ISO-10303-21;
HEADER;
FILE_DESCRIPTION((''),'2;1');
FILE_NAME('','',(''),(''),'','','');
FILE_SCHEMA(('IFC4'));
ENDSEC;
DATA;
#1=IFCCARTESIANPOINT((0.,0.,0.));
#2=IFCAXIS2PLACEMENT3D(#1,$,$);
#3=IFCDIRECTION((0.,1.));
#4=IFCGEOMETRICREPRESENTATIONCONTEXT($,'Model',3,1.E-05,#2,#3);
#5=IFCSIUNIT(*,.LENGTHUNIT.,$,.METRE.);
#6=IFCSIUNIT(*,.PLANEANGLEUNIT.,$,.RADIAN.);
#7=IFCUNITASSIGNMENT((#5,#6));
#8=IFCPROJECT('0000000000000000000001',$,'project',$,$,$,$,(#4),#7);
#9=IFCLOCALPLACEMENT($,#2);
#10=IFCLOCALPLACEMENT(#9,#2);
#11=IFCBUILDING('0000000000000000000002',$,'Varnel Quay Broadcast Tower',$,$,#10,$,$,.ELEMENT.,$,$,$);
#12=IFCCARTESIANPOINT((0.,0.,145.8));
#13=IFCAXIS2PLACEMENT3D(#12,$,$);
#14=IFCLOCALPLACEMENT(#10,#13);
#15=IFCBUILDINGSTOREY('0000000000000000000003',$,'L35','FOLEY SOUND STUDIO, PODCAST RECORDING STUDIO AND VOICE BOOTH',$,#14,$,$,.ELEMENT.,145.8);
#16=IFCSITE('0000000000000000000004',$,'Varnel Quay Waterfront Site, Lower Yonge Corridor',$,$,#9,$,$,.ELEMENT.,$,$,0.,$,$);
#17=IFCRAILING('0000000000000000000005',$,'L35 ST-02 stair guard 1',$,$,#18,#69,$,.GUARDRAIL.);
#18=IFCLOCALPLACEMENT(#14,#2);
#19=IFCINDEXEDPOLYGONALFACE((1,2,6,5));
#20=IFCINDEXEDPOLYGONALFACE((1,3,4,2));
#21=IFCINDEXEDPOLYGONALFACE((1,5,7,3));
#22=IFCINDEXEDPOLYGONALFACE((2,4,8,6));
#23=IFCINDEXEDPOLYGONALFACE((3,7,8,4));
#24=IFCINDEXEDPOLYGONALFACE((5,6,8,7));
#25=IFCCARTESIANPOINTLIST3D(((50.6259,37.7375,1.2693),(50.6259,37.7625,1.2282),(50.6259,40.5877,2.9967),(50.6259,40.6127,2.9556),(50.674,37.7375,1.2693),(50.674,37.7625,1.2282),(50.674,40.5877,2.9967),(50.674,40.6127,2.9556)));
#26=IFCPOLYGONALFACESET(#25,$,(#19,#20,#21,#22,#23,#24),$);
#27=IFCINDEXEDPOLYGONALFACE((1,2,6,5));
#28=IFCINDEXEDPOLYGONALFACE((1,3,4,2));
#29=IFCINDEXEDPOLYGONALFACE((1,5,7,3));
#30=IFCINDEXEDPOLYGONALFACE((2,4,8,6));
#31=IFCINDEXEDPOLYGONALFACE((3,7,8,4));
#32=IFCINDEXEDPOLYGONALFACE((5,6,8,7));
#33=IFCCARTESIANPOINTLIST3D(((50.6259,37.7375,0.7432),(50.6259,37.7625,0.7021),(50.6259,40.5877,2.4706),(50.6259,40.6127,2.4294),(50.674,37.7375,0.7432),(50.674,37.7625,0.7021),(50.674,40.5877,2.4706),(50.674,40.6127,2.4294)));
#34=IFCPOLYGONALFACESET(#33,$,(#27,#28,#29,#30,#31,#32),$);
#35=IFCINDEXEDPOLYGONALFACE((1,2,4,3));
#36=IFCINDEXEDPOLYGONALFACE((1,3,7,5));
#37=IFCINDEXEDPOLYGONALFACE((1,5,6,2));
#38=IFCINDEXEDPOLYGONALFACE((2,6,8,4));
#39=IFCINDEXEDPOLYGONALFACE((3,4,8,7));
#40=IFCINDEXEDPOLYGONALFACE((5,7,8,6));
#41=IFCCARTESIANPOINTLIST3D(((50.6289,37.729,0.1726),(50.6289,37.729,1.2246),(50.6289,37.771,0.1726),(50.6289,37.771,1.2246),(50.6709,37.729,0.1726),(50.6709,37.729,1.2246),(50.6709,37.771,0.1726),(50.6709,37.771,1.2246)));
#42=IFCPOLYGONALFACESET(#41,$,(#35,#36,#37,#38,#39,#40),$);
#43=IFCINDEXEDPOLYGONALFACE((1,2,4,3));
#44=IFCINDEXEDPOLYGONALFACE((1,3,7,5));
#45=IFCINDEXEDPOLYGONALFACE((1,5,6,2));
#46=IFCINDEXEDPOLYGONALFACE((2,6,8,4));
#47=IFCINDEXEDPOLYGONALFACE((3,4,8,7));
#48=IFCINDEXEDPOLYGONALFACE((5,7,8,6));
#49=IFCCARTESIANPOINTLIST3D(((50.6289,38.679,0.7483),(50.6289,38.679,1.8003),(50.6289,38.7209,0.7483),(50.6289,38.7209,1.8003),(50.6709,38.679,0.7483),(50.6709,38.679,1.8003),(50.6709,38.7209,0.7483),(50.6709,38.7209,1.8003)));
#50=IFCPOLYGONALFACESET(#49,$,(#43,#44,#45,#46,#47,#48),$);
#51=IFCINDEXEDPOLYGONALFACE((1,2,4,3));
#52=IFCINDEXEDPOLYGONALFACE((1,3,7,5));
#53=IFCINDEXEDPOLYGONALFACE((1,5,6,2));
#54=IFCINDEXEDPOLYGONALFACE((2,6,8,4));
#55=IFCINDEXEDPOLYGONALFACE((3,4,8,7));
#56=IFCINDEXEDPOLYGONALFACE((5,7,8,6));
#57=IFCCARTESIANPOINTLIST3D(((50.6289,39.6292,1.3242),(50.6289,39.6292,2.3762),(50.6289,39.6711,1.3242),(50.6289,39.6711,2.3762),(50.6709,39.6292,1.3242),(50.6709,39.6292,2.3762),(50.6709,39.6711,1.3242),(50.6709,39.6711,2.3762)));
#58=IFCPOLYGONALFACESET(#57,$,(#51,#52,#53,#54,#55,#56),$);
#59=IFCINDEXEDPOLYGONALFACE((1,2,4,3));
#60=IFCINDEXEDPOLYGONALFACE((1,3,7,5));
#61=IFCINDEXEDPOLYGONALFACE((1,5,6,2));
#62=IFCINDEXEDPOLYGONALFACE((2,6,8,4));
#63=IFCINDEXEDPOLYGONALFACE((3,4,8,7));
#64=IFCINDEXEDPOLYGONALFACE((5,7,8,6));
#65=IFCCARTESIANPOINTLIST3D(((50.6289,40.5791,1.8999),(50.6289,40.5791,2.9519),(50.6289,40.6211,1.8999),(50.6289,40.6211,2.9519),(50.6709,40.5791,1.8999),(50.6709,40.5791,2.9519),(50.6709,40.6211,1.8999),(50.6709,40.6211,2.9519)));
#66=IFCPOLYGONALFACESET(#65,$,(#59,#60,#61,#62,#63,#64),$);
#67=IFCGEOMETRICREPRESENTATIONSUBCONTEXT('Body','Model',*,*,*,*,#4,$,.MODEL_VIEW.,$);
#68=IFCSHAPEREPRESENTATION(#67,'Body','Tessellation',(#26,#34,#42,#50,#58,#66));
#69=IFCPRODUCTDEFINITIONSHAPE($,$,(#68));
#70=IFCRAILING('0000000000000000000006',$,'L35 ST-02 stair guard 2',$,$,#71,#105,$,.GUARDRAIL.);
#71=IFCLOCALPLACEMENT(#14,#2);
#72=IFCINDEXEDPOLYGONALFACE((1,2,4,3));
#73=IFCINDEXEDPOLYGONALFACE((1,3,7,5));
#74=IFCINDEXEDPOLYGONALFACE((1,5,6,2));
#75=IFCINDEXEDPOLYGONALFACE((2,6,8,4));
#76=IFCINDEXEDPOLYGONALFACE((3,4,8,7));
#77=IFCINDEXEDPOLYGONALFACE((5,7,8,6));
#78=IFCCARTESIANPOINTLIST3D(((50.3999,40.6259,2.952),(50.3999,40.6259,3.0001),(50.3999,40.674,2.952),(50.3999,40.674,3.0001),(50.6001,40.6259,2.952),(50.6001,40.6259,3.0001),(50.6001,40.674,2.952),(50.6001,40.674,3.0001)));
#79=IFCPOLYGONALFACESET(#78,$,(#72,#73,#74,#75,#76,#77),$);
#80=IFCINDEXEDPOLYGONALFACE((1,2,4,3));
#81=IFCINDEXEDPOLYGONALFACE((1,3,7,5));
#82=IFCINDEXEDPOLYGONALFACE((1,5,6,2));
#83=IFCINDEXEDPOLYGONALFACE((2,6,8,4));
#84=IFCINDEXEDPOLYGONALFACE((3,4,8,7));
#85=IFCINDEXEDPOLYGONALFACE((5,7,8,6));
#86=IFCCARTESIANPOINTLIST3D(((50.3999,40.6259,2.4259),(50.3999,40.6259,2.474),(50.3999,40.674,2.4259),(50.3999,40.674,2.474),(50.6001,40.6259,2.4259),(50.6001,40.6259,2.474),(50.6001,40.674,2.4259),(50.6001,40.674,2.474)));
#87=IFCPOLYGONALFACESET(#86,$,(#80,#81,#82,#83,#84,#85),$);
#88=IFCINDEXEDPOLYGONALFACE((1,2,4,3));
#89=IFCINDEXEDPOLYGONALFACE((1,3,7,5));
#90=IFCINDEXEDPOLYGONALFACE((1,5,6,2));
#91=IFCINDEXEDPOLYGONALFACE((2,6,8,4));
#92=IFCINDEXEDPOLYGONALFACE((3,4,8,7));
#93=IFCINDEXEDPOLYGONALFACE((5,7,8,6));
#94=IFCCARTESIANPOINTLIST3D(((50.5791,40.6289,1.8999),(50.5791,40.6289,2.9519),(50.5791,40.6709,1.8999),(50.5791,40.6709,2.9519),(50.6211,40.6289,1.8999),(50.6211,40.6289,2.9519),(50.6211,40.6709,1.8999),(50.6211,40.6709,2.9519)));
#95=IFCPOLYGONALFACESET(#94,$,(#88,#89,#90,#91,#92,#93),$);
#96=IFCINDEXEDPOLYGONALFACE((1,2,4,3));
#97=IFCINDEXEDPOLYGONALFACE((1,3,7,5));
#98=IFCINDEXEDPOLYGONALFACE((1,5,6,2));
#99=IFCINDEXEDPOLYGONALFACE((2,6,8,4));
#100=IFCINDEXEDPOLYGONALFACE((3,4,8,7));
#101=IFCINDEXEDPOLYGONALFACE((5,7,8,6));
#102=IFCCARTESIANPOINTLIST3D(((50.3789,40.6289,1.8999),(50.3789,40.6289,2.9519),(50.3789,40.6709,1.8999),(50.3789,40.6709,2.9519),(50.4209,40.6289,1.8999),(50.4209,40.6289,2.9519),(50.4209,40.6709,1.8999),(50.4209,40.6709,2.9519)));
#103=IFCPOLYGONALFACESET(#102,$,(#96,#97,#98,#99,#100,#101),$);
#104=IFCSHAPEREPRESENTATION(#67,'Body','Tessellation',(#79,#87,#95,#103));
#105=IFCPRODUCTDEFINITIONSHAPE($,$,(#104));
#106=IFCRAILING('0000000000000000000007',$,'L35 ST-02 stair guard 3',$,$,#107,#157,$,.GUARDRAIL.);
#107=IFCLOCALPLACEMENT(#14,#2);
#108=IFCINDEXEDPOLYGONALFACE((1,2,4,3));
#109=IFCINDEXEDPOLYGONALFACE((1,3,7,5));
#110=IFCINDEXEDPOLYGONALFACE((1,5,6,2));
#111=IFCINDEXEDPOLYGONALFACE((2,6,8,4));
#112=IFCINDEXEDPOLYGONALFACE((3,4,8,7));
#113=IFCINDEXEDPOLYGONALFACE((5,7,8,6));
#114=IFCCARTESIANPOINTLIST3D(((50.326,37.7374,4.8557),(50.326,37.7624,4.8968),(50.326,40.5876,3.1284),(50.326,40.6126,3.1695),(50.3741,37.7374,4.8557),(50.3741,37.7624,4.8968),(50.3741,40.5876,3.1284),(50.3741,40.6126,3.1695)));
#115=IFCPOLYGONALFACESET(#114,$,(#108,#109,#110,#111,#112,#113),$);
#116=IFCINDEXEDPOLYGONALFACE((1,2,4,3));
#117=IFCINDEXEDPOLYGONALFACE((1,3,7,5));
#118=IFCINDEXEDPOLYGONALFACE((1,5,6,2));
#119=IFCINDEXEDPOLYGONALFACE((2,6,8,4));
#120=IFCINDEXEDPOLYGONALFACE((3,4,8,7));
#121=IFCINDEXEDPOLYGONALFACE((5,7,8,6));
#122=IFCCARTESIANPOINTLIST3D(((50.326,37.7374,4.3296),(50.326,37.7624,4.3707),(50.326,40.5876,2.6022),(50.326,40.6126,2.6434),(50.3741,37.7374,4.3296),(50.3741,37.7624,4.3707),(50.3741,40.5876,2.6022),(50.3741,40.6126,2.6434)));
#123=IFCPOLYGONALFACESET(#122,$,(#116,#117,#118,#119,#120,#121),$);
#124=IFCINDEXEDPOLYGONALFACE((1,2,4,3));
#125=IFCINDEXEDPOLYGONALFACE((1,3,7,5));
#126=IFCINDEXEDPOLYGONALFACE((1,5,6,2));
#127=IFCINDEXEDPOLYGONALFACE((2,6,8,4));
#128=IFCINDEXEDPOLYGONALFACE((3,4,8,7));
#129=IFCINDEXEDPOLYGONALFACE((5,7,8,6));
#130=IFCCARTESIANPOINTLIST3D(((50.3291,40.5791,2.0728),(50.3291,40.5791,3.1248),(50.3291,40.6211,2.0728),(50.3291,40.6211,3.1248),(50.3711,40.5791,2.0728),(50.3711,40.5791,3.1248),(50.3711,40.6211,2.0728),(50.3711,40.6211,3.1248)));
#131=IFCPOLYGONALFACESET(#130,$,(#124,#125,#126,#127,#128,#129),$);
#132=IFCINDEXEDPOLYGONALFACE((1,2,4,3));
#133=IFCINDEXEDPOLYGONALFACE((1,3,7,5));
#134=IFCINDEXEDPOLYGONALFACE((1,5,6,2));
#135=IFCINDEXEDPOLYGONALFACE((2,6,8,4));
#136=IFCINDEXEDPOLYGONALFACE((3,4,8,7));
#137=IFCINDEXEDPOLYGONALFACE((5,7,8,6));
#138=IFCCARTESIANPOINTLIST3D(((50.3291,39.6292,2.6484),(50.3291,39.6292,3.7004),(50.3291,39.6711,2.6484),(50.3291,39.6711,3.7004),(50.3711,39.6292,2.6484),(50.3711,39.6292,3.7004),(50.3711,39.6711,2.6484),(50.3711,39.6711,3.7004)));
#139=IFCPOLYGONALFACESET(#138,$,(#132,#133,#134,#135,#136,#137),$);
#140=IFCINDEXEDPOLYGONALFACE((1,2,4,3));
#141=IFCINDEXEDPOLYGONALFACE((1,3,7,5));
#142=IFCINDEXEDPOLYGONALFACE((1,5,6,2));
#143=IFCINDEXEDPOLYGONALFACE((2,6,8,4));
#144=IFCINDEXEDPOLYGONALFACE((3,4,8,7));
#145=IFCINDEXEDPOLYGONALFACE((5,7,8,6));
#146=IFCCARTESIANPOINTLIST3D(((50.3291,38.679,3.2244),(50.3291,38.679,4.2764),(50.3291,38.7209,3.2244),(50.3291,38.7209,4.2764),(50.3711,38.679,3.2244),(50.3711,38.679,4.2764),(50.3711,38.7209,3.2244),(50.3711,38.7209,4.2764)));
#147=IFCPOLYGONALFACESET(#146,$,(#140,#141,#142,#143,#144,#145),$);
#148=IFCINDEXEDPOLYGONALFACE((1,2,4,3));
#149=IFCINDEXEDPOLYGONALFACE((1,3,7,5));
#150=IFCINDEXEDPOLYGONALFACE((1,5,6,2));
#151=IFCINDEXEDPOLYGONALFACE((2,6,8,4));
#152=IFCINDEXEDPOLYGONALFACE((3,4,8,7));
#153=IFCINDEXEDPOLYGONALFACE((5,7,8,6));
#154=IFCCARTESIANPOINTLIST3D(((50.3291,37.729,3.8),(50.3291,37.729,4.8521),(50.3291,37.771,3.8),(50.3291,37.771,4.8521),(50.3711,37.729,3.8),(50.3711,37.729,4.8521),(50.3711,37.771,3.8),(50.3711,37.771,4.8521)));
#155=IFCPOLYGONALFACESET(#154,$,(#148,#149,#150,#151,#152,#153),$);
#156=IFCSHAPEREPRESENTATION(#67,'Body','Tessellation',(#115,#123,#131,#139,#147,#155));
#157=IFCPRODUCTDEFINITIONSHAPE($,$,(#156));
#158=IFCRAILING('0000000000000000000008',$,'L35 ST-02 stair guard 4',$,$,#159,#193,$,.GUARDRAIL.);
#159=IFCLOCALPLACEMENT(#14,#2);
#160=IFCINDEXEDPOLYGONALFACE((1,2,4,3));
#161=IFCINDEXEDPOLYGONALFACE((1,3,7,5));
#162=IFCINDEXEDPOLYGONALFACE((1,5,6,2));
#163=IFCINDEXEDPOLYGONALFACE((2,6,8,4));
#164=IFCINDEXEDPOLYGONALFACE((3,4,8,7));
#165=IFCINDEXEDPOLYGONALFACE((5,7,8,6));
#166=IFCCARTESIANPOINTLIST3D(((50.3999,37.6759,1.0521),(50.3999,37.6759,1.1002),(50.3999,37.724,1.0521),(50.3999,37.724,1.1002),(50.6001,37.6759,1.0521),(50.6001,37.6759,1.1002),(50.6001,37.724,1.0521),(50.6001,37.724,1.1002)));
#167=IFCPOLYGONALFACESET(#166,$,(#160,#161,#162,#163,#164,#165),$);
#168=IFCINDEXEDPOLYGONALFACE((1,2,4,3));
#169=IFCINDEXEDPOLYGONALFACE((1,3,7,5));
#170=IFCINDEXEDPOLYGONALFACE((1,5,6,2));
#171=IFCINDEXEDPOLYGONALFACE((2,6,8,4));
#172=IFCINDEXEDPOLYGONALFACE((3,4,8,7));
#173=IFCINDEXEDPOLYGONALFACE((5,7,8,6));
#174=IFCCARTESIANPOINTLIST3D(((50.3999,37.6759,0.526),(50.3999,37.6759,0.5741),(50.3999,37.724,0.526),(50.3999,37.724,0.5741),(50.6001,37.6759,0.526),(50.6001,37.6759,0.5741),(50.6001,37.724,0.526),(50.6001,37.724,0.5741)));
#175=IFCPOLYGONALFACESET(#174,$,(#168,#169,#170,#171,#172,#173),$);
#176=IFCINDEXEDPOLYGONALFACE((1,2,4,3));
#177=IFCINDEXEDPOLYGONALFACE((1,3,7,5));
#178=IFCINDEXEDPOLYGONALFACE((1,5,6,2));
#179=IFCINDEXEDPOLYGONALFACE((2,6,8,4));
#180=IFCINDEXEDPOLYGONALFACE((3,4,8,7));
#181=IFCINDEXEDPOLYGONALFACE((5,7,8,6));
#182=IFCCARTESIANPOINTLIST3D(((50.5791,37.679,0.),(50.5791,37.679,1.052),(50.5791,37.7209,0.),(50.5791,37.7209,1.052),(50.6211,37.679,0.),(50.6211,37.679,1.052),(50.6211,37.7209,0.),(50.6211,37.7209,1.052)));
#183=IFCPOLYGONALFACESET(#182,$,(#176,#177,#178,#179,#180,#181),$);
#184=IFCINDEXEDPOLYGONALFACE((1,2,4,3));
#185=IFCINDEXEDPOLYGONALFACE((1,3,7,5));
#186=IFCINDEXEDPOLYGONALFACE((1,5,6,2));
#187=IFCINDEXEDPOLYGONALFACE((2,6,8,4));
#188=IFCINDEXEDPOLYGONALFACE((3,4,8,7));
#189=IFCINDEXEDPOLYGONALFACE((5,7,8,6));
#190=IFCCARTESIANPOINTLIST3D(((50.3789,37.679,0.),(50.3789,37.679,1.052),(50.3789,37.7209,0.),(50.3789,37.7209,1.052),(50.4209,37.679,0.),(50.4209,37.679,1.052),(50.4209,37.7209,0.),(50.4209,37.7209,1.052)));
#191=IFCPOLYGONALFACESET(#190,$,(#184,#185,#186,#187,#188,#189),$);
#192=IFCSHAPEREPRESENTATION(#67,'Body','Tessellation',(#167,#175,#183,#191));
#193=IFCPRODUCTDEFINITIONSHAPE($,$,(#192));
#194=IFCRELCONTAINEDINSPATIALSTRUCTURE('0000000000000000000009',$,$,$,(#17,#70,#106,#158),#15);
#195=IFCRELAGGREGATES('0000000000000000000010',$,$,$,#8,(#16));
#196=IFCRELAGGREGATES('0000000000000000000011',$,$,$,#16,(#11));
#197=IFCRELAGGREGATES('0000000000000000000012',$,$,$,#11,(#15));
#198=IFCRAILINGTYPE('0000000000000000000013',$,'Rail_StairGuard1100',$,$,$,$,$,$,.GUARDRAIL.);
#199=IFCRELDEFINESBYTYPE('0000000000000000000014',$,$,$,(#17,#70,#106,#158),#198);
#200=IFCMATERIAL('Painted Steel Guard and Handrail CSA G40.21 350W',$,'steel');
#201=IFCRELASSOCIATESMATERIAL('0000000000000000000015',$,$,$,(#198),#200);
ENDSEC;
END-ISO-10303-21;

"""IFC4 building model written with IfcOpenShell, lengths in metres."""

from ifc_helpers import new_model, si_unit, direction, frame, origin, origin_2d, place, context, subcontext, project, spatial, rectangle, extrude, material, type_object, element, save


model = new_model("IFC4")

# Units and contexts
model_context = context("Model", 3, precision=1e-05, world=origin(), true_north=direction((0.0, 1.0)))
body_context = subcontext(model_context, "Body", "Model", "MODEL_VIEW")
ifc_project = project(units=[si_unit("LENGTHUNIT", "METRE"), si_unit("PLANEANGLEUNIT", "RADIAN")], contexts=[model_context])

# Site, building, storey
site_placement = place(None, origin())
site = spatial("IfcSite", under=ifc_project, at=site_placement, Name="Varnel Quay Waterfront Site, Lower Yonge Corridor", CompositionType="ELEMENT", RefElevation=0.0)
building_placement = place(site_placement, origin())
building = spatial("IfcBuilding", under=site, at=building_placement, Name="Varnel Quay Broadcast Tower", CompositionType="ELEMENT")
storey_placement = place(building_placement, frame((0.0, 0.0, 145.8)))
storey = spatial("IfcBuildingStorey", under=building, at=storey_placement, Name="L35", Description="FOLEY SOUND STUDIO, PODCAST RECORDING STUDIO AND VOICE BOOTH", CompositionType="ELEMENT", Elevation=145.8)

# Railings
ifc_material_1 = material(Name="Painted Steel Guard and Handrail CSA G40.21 350W", Category="steel")
railing_type_1 = type_object("IfcRailingType", Name="Rail_StairGuard1100", PredefinedType="GUARDRAIL", material=ifc_material_1)
railing_1_placement = place(storey_placement, frame((50.6499, 37.75, 0.1726)))
element("IfcRailing", 1, at=railing_1_placement, inside=storey, type_object=railing_type_1, Name="L35 ST-02 stair guard 1", PredefinedType="GUARDRAIL", context=body_context, shape_type="SweptSolid", body=[
    extrude(rectangle(XDim=0.0481, YDim=0.0481, at=origin_2d()), frame((0.0, 0.0, 1.0762), z_axis=(0.0, 0.855203, 0.518294), x_axis=(-1.0, 0.0, 0.0)), (0.0, 0.0, 1.0), 3.3328),
    extrude(rectangle(XDim=0.0481, YDim=0.0481, at=origin_2d()), frame((0.0, 0.0, 0.55), z_axis=(0.0, 0.855203, 0.518294), x_axis=(-1.0, 0.0, 0.0)), (0.0, 0.0, 1.0), 3.3328),
    extrude(rectangle(XDim=0.042, YDim=0.042, at=origin_2d()), origin(), (0.0, 0.0, 1.0), 1.052),
    extrude(rectangle(XDim=0.042, YDim=0.042, at=origin_2d()), frame((0.0, 0.95, 0.5757)), (0.0, 0.0, 1.0), 1.052),
    extrude(rectangle(XDim=0.042, YDim=0.042, at=origin_2d()), frame((0.0, 1.9001, 1.1516)), (0.0, 0.0, 1.0), 1.052),
    extrude(rectangle(XDim=0.042, YDim=0.042, at=origin_2d()), frame((0.0, 2.8501, 1.7273)), (0.0, 0.0, 1.0), 1.052),
])
railing_2_placement = place(storey_placement, frame((50.6001, 40.6499, 1.8999)))
element("IfcRailing", 2, at=railing_2_placement, inside=storey, type_object=railing_type_1, Name="L35 ST-02 stair guard 2", PredefinedType="GUARDRAIL", context=body_context, shape_type="SweptSolid", body=[
    extrude(rectangle(XDim=0.0481, YDim=0.0481, at=origin_2d()), frame((0.0, 0.0, 1.0762), z_axis=(-1.0, 0.0, 0.0), x_axis=(0.0, -1.0, 0.0)), (0.0, 0.0, 1.0), 0.2002),
    extrude(rectangle(XDim=0.0481, YDim=0.0481, at=origin_2d()), frame((0.0, 0.0, 0.55), z_axis=(-1.0, 0.0, 0.0), x_axis=(0.0, -1.0, 0.0)), (0.0, 0.0, 1.0), 0.2002),
    extrude(rectangle(XDim=0.042, YDim=0.042, at=origin_2d()), origin(), (0.0, 0.0, 1.0), 1.052),
    extrude(rectangle(XDim=0.042, YDim=0.042, at=origin_2d()), frame((-0.2002, 0.0, 0.0)), (0.0, 0.0, 1.0), 1.052),
])
railing_3_placement = place(storey_placement, frame((50.3501, 40.6001, 2.0728)))
element("IfcRailing", 3, at=railing_3_placement, inside=storey, type_object=railing_type_1, Name="L35 ST-02 stair guard 3", PredefinedType="GUARDRAIL", context=body_context, shape_type="SweptSolid", body=[
    extrude(rectangle(XDim=0.0481, YDim=0.0481, at=origin_2d()), frame((0.0, 0.0, 1.0762), z_axis=(0.0, -0.855203, 0.518294), x_axis=(1.0, 0.0, 0.0)), (0.0, 0.0, 1.0), 3.3328),
    extrude(rectangle(XDim=0.0481, YDim=0.0481, at=origin_2d()), frame((0.0, 0.0, 0.55), z_axis=(0.0, -0.855203, 0.518294), x_axis=(1.0, 0.0, 0.0)), (0.0, 0.0, 1.0), 3.3328),
    extrude(rectangle(XDim=0.042, YDim=0.042, at=origin_2d()), origin(), (0.0, 0.0, 1.0), 1.052),
    extrude(rectangle(XDim=0.042, YDim=0.042, at=origin_2d()), frame((0.0, -0.95, 0.5757)), (0.0, 0.0, 1.0), 1.052),
    extrude(rectangle(XDim=0.042, YDim=0.042, at=origin_2d()), frame((0.0, -1.9001, 1.1516)), (0.0, 0.0, 1.0), 1.052),
    extrude(rectangle(XDim=0.042, YDim=0.042, at=origin_2d()), frame((0.0, -2.8501, 1.7273)), (0.0, 0.0, 1.0), 1.052),
])
railing_4_placement = place(storey_placement, frame((50.6001, 37.7, 0.0)))
element("IfcRailing", 4, at=railing_4_placement, inside=storey, type_object=railing_type_1, Name="L35 ST-02 stair guard 4", PredefinedType="GUARDRAIL", context=body_context, shape_type="SweptSolid", body=[
    extrude(rectangle(XDim=0.0481, YDim=0.0481, at=origin_2d()), frame((0.0, 0.0, 1.0762), z_axis=(-1.0, 0.0, 0.0), x_axis=(0.0, -1.0, 0.0)), (0.0, 0.0, 1.0), 0.2002),
    extrude(rectangle(XDim=0.0481, YDim=0.0481, at=origin_2d()), frame((0.0, 0.0, 0.55), z_axis=(-1.0, 0.0, 0.0), x_axis=(0.0, -1.0, 0.0)), (0.0, 0.0, 1.0), 0.2002),
    extrude(rectangle(XDim=0.042, YDim=0.042, at=origin_2d()), origin(), (0.0, 0.0, 1.0), 1.052),
    extrude(rectangle(XDim=0.042, YDim=0.042, at=origin_2d()), frame((-0.2002, 0.0, 0.0)), (0.0, 0.0, 1.0), 1.052),
])

save(model, "model.ifc")
